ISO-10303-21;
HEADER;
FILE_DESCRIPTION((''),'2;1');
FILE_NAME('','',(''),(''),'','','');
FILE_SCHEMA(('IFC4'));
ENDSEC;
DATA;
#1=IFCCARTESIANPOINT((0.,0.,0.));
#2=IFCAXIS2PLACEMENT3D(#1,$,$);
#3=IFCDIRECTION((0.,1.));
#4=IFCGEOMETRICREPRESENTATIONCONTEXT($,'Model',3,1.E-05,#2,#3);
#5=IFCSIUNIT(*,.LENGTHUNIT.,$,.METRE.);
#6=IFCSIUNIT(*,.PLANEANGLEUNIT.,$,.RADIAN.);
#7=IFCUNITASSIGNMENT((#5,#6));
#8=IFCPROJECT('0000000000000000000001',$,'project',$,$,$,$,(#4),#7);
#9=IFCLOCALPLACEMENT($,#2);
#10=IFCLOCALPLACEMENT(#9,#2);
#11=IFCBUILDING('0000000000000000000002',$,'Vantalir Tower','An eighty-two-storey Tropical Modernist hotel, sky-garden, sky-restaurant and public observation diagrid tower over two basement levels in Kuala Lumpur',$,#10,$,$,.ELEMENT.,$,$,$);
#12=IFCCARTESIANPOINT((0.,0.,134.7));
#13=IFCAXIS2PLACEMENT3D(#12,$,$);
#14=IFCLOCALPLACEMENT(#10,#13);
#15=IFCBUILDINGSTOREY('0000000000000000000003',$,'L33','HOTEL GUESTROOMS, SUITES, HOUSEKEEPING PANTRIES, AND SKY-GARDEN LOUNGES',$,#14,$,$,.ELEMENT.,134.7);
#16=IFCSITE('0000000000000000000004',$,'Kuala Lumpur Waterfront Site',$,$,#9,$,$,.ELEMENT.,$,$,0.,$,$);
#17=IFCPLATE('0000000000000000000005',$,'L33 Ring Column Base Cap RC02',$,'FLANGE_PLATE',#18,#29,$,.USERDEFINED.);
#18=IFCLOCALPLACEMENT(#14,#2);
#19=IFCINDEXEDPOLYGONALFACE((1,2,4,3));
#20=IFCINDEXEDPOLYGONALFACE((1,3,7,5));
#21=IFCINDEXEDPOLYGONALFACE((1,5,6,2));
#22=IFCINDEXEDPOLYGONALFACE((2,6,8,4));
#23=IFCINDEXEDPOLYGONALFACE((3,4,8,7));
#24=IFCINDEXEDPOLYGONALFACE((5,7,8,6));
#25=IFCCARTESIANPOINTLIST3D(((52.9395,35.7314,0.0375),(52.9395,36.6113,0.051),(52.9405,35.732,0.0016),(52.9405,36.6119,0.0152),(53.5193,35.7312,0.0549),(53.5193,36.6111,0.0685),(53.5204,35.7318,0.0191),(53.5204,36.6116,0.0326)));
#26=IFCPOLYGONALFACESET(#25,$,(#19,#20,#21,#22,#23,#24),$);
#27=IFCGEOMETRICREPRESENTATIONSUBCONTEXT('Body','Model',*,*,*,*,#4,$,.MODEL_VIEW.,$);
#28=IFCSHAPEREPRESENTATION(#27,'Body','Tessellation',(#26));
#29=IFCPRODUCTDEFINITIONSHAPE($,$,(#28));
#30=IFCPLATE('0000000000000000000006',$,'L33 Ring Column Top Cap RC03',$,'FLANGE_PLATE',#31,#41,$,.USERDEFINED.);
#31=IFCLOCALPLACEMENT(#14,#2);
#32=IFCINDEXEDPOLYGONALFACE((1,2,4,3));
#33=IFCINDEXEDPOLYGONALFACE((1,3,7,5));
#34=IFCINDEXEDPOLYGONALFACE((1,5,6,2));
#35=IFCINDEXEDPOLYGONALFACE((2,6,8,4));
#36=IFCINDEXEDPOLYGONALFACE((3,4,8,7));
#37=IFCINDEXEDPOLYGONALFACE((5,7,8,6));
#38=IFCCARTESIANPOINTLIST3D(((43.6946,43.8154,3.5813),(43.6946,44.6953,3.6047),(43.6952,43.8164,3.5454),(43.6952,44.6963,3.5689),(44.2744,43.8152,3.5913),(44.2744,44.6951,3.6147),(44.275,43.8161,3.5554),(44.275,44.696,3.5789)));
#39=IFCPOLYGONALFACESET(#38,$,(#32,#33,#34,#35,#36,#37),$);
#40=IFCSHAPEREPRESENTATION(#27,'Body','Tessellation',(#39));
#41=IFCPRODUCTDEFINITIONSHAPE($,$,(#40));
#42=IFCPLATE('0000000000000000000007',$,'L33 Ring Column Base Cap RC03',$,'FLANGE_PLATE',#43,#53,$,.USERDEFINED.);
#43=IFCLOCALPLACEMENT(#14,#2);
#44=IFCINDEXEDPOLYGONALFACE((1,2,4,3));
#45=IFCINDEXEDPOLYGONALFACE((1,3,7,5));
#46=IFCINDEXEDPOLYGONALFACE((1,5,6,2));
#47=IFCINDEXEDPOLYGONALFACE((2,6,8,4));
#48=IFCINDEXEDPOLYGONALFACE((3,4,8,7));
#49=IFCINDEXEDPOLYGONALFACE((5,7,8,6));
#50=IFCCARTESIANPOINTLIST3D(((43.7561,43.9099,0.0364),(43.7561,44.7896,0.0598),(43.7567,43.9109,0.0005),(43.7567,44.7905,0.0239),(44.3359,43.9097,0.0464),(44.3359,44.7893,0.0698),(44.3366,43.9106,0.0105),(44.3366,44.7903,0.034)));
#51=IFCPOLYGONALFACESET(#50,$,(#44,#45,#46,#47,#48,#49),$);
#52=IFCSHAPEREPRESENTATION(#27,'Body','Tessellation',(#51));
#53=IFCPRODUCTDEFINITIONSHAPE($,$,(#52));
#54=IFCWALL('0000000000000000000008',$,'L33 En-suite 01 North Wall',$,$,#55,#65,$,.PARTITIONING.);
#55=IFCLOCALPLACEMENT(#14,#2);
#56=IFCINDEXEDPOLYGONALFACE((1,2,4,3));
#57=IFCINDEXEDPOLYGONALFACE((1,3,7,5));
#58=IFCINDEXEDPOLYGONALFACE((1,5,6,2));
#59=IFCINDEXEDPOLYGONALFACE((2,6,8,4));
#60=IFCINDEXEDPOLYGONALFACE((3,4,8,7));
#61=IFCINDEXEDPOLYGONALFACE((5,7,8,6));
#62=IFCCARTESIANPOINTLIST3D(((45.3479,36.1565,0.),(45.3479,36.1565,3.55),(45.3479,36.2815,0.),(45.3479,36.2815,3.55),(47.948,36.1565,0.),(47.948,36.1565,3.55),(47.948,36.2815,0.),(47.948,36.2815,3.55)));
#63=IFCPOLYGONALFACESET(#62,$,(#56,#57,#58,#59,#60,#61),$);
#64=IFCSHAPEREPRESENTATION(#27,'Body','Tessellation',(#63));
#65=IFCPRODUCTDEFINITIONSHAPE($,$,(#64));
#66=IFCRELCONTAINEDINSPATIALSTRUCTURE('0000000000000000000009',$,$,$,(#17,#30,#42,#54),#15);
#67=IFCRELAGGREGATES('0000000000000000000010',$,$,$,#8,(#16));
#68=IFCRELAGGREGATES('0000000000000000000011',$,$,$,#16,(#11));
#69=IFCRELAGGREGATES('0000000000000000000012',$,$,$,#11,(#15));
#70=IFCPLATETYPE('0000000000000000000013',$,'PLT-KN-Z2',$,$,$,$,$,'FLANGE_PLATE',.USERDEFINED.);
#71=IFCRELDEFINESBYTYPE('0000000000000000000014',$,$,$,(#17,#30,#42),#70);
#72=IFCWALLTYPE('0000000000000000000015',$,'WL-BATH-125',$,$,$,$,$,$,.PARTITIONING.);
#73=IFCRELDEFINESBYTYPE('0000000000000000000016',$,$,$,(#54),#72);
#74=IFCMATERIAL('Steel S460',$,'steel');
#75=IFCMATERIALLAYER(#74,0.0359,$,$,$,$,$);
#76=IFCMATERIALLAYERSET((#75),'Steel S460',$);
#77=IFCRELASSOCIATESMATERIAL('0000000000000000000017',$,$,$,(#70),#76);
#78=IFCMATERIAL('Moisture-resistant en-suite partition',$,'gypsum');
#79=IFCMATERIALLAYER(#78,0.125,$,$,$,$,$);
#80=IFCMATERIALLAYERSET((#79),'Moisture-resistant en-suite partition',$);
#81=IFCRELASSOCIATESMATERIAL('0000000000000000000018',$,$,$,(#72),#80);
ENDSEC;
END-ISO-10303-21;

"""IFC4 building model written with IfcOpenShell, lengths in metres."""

from ifc_helpers import new_model, si_unit, direction, frame, frame_2d, origin, place, context, subcontext, project, spatial, polyline, rectangle, outline, extrude, material, layer, layer_set, type_object, element, save


model = new_model("IFC4")

# Units and contexts
model_context = context("Model", 3, precision=1e-05, world=origin(), true_north=direction((0.0, 1.0)))
body_context = subcontext(model_context, "Body", "Model", "MODEL_VIEW")
ifc_project = project(units=[si_unit("LENGTHUNIT", "METRE"), si_unit("PLANEANGLEUNIT", "RADIAN")], contexts=[model_context])

# Site, building, storey
site_placement = place(None, origin())
site = spatial("IfcSite", under=ifc_project, at=site_placement, Name="Kuala Lumpur Waterfront Site", CompositionType="ELEMENT", RefElevation=0.0)
building_placement = place(site_placement, origin())
building = spatial("IfcBuilding", under=site, at=building_placement, Name="Vantalir Tower", Description="An eighty-two-storey Tropical Modernist hotel, sky-garden, sky-restaurant and public observation diagrid tower over two basement levels in Kuala Lumpur", CompositionType="ELEMENT")
storey_placement = place(building_placement, frame((0.0, 0.0, 134.7)))
storey = spatial("IfcBuildingStorey", under=building, at=storey_placement, Name="L33", Description="HOTEL GUESTROOMS, SUITES, HOUSEKEEPING PANTRIES, AND SKY-GARDEN LOUNGES", CompositionType="ELEMENT", Elevation=134.7)

# Shared definitions
ifc_material_1 = material(Name="Steel S460", Category="steel")

# Plates
ifc_layer_1 = layer(ifc_material_1, 0.0359)
ifc_layer_set_1 = layer_set([ifc_layer_1], Name="Steel S460")
plate_type_1 = type_object("IfcPlateType", Name="PLT-KN-Z2", ElementType="FLANGE_PLATE", PredefinedType="USERDEFINED", material=ifc_layer_set_1)
plate_1_placement = place(storey_placement, frame((52.9395, 36.6113, 0.051), z_axis=(-0.030095, -0.015391, 0.999429), x_axis=(0.000004, -0.999881, -0.015398)))
element("IfcPlate", 1, at=plate_1_placement, inside=storey, type_object=plate_type_1, Name="L33 Ring Column Base Cap RC02", ObjectType="FLANGE_PLATE", PredefinedType="USERDEFINED", context=body_context, shape_type="SweptSolid", body=[
    extrude(outline(polyline([(0.0, 0.0), (0.88, 0.0), (0.88, 0.5801), (0.0, 0.5801), (0.0, 0.0)])), origin(), (0.0, 0.0, -1.0), 0.0359),
])
plate_2_placement = place(storey_placement, frame((43.6946, 44.6953, 3.6047), z_axis=(-0.017266, -0.026624, 0.999496), x_axis=(0.0, -0.999645, -0.026628)))
element("IfcPlate", 2, at=plate_2_placement, inside=storey, type_object=plate_type_1, Name="L33 Ring Column Top Cap RC03", ObjectType="FLANGE_PLATE", PredefinedType="USERDEFINED", context=body_context, shape_type="SweptSolid", body=[
    extrude(outline(polyline([(0.0, 0.0), (0.8802, 0.0), (0.8802, 0.5799), (0.0, 0.5799), (0.0, 0.0)])), origin(), (0.0, 0.0, -1.0), 0.0359),
])
plate_3_placement = place(storey_placement, frame((43.7561, 44.7896, 0.0598), z_axis=(-0.017266, -0.026631, 0.999496), x_axis=(0.0, -0.999645, -0.026635)))
element("IfcPlate", 3, at=plate_3_placement, inside=storey, type_object=plate_type_1, Name="L33 Ring Column Base Cap RC03", ObjectType="FLANGE_PLATE", PredefinedType="USERDEFINED", context=body_context, shape_type="SweptSolid", body=[
    extrude(outline(polyline([(0.0, 0.0), (0.88, 0.0), (0.8799, 0.5799), (0.0, 0.5799), (0.0, 0.0)])), origin(), (0.0, 0.0, -1.0), 0.0359),
])

# Wall
ifc_material_2 = material(Name="Moisture-resistant en-suite partition", Category="gypsum")
ifc_layer_2 = layer(ifc_material_2, 0.125)
ifc_layer_set_2 = layer_set([ifc_layer_2], Name="Moisture-resistant en-suite partition")
wall_type = type_object("IfcWallType", Name="WL-BATH-125", PredefinedType="PARTITIONING", material=ifc_layer_set_2)
wall_placement = place(storey_placement, frame((45.3479, 36.219, 0.0), z_axis=(0.0, 0.0, 1.0), x_axis=(1.0, 0.0, 0.0)))
element("IfcWall", 4, at=wall_placement, inside=storey, type_object=wall_type, Name="L33 En-suite 01 North Wall", PredefinedType="PARTITIONING", context=body_context, shape_type="SweptSolid", body=[
    extrude(rectangle(XDim=2.6001, YDim=0.125, at=frame_2d((1.3, 0.0))), origin(), (0.0, 0.0, 1.0), 3.55),
])

save(model, "model.ifc")
